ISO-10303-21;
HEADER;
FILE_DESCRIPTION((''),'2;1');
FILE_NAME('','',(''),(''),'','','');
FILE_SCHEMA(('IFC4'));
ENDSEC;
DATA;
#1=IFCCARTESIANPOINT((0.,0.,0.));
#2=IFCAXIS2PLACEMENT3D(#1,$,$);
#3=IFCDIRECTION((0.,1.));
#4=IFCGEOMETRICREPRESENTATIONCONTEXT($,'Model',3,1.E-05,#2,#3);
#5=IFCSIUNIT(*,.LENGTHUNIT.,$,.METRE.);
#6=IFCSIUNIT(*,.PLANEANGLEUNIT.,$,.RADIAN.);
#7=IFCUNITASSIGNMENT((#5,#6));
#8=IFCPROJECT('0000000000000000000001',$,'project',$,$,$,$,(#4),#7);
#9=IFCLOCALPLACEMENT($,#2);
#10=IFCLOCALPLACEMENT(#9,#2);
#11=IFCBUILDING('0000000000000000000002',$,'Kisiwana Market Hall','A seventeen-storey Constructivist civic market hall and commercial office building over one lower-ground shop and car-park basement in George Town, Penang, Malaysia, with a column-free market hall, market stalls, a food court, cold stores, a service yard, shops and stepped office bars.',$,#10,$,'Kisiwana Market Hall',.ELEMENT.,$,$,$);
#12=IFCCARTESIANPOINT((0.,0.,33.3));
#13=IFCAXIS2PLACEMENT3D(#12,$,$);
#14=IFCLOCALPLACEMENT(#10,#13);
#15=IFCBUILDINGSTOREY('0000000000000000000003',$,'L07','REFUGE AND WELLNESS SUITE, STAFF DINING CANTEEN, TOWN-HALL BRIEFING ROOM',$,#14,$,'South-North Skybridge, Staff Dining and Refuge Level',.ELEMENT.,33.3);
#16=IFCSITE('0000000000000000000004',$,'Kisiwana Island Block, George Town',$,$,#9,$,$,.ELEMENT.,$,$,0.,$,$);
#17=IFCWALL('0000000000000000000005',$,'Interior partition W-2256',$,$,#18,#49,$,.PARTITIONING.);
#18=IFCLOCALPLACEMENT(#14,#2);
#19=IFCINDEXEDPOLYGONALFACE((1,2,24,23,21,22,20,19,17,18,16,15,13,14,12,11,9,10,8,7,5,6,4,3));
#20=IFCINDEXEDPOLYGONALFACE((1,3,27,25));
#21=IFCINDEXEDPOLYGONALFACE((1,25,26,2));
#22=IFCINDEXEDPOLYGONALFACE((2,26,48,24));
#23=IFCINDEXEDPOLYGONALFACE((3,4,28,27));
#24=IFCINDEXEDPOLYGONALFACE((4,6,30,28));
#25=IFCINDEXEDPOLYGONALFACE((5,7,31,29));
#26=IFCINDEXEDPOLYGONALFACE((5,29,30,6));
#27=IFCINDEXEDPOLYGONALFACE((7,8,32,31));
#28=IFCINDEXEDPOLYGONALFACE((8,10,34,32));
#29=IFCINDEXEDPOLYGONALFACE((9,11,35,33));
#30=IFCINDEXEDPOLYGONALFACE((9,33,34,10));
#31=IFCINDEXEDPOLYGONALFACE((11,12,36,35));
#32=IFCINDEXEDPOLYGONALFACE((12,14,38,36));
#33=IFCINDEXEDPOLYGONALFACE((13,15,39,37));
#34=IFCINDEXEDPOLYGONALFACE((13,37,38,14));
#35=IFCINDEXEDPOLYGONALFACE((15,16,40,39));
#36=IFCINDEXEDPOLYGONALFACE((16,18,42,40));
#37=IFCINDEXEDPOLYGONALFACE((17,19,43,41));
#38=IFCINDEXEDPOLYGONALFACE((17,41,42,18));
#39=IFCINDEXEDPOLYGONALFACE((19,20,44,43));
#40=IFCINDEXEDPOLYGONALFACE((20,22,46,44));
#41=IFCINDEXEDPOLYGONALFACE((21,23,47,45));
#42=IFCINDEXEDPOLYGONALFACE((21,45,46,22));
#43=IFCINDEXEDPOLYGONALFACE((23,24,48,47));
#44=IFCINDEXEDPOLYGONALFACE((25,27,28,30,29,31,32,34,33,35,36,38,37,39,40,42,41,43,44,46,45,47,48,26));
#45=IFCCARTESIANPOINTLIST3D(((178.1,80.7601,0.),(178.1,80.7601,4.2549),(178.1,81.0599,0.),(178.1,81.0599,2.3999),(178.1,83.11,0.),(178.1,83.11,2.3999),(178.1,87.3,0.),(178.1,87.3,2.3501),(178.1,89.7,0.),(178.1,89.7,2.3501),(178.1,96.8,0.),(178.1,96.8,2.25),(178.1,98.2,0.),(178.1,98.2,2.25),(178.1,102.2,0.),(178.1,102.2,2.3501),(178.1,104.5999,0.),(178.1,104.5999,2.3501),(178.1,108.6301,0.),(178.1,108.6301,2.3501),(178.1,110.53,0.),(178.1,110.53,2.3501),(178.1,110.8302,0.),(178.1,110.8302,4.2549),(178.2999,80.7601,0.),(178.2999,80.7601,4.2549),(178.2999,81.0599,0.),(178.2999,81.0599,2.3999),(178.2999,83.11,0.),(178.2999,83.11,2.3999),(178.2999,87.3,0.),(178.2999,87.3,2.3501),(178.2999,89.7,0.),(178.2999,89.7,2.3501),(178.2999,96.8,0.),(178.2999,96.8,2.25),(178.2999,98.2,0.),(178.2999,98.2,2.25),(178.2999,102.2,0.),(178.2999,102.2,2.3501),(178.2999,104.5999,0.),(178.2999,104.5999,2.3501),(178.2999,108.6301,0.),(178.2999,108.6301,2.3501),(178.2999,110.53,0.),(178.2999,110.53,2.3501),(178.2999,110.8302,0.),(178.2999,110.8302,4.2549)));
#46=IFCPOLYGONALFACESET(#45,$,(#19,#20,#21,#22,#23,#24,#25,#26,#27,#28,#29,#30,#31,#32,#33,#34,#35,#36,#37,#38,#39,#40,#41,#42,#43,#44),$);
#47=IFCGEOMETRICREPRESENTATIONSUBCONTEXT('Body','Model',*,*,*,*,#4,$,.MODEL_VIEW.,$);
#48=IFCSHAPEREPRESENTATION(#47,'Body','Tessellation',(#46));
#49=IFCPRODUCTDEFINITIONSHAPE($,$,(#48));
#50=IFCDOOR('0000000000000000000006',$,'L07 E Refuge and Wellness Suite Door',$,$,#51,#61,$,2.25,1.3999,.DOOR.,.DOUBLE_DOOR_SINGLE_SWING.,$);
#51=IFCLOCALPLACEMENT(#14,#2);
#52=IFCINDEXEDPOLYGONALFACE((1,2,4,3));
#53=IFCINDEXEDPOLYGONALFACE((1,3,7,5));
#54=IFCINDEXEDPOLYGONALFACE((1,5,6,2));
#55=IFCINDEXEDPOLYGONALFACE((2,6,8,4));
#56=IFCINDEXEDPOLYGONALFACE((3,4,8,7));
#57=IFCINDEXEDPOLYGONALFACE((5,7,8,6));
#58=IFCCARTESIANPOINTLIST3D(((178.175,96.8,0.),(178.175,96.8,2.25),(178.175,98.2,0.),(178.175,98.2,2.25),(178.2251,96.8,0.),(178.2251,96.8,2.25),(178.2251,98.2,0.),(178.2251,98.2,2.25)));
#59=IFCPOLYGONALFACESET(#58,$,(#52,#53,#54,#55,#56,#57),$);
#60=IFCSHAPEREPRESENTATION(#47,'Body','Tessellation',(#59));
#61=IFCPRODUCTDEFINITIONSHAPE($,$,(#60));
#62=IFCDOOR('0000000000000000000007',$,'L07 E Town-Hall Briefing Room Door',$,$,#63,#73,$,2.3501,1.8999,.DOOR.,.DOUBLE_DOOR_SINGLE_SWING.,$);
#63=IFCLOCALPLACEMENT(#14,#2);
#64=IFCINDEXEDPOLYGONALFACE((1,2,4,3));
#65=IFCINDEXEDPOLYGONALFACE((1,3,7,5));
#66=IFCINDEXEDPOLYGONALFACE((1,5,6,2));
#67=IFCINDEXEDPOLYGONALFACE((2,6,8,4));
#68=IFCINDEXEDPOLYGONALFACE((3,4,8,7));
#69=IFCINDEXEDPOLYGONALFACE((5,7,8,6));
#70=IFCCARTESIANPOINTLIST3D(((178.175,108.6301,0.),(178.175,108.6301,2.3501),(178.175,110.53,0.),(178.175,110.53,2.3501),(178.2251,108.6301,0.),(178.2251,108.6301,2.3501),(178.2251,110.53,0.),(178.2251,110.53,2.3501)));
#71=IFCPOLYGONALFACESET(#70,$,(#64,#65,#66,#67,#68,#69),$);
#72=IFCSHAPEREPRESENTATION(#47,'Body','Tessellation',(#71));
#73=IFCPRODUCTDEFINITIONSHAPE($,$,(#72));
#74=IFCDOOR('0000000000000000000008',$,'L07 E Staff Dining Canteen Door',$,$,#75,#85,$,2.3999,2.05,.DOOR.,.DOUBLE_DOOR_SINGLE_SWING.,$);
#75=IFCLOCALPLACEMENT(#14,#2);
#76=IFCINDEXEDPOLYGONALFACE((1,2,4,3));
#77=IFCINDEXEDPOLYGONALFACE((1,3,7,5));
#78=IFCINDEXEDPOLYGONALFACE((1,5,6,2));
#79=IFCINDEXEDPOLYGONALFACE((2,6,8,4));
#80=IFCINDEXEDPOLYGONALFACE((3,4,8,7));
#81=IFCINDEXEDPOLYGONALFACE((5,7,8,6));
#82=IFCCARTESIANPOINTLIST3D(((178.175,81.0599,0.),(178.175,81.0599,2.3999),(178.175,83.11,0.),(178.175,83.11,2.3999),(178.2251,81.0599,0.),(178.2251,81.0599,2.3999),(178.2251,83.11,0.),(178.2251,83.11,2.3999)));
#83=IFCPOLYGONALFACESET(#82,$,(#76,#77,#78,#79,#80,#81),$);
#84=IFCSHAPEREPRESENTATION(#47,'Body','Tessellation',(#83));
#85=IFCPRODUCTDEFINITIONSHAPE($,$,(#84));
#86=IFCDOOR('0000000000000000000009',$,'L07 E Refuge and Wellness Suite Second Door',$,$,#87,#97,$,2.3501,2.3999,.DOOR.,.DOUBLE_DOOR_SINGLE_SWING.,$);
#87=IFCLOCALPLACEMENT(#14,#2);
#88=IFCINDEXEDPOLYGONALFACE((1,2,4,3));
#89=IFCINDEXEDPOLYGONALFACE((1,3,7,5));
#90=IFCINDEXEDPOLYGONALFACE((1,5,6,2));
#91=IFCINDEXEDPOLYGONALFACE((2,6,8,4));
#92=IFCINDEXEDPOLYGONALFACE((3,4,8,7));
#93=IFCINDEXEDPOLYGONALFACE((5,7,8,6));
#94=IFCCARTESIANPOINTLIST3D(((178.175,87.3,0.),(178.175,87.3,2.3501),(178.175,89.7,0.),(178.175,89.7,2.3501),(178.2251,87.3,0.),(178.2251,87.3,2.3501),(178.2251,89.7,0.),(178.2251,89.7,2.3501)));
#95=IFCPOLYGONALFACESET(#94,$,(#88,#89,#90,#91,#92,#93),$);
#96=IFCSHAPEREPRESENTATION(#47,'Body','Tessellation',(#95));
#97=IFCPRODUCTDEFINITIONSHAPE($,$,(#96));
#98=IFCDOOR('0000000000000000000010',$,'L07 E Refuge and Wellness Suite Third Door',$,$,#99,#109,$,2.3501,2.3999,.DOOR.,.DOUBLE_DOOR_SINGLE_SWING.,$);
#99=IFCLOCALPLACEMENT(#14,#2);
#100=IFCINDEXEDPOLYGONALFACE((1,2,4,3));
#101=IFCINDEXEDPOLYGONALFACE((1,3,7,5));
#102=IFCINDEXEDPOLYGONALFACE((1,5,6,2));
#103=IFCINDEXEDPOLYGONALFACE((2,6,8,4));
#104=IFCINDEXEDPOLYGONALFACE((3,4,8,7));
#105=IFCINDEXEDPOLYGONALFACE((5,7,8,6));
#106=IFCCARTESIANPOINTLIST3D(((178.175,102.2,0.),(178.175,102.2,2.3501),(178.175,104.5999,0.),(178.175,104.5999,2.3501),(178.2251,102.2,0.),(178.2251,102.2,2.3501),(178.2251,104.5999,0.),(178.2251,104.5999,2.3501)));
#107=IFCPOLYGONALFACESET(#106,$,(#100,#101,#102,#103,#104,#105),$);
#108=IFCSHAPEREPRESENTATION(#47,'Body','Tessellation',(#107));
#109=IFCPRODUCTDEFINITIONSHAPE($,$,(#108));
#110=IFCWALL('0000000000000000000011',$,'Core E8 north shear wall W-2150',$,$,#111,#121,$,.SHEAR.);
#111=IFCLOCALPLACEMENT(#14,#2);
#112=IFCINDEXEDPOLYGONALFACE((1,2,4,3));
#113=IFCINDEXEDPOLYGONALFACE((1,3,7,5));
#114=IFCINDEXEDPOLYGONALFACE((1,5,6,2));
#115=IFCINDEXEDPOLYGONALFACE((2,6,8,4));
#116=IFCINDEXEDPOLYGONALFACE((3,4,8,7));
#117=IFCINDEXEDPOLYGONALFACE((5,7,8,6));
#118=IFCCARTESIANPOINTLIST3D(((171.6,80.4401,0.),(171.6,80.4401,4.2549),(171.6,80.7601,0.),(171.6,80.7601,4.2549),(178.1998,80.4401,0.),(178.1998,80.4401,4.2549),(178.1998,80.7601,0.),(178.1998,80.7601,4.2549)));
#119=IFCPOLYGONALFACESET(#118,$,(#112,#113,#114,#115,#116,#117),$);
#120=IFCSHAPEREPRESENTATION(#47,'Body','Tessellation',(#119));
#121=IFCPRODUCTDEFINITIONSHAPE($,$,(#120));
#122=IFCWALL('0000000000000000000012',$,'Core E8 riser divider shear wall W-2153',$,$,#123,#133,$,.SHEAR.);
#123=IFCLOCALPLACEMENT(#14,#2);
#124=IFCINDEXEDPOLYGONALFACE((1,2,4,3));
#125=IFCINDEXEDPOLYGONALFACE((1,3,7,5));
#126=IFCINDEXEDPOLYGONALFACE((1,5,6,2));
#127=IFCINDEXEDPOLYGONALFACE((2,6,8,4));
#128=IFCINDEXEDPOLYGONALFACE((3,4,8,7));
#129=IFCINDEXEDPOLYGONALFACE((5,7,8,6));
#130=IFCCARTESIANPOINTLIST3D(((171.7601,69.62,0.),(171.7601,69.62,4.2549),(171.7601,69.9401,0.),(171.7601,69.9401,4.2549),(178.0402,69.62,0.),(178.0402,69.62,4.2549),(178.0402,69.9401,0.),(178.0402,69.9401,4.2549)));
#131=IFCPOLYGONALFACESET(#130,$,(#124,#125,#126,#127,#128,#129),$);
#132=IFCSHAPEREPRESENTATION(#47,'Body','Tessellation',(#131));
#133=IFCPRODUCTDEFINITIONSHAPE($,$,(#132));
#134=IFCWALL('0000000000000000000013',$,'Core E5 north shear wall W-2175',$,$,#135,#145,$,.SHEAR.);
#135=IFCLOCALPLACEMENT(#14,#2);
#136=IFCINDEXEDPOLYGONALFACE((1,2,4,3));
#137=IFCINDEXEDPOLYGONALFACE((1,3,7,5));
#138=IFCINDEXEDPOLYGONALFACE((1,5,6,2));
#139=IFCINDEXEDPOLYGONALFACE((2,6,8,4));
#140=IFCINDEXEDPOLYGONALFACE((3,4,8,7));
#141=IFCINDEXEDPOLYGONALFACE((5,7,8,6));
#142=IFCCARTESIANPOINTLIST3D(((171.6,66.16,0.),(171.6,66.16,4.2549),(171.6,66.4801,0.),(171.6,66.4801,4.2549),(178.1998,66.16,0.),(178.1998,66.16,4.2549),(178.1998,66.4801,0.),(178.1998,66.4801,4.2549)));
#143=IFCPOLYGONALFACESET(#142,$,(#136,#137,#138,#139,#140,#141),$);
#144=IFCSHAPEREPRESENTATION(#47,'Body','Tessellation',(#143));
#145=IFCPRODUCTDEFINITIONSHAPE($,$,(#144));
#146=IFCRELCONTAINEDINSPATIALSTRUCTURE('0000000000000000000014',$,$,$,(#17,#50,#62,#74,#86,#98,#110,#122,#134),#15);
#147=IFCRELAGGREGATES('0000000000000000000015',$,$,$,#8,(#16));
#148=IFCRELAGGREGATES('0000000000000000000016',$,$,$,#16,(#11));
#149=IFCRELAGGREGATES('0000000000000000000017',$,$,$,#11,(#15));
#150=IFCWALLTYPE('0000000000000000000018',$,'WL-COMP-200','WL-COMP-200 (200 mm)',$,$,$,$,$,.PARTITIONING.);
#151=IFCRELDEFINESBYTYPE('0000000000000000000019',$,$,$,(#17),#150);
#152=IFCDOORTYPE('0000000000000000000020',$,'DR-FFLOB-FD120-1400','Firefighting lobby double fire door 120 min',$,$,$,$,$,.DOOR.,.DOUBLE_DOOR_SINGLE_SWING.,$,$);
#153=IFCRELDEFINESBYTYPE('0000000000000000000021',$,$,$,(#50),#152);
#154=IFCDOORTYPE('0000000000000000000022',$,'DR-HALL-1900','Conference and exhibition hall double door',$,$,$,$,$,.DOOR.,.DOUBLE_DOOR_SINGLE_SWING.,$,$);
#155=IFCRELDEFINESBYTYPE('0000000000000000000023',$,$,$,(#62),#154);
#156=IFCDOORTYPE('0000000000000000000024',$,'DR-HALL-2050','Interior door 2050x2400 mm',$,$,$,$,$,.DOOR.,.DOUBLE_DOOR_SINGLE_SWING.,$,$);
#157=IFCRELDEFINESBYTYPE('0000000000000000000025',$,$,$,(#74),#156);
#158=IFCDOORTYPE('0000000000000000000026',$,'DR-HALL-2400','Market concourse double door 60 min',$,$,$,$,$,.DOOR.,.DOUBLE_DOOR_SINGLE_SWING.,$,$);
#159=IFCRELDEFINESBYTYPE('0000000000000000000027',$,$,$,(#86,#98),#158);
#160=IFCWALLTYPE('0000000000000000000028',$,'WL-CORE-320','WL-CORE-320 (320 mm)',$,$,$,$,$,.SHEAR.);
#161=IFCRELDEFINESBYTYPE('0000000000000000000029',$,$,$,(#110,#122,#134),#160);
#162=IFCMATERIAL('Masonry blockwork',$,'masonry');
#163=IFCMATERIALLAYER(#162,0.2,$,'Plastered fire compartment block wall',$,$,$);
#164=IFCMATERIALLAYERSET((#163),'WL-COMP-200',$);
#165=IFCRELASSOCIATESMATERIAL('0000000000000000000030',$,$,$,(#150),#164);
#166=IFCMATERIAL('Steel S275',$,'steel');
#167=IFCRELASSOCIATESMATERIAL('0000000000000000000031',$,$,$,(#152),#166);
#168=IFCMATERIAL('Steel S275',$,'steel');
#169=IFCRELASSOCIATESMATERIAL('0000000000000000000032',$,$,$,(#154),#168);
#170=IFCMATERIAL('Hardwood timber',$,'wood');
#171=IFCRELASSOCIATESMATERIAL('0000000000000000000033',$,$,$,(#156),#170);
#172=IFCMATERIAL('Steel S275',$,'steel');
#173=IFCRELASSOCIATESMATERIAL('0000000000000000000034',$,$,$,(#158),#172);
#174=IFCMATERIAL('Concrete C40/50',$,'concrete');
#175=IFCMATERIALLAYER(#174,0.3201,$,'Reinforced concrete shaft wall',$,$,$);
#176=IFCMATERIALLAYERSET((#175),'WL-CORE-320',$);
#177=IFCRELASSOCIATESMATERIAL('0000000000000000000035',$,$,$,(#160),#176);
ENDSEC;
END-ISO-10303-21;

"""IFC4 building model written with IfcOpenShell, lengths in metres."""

from ifc_helpers import new_model, si_unit, direction, frame, frame_2d, origin, place, context, subcontext, project, spatial, rectangle, extrude, material, layer, layer_set, type_object, element, fill, save


model = new_model("IFC4")

# Units and contexts
model_context = context("Model", 3, precision=1e-05, world=origin(), true_north=direction((0.0, 1.0)))
body_context = subcontext(model_context, "Body", "Model", "MODEL_VIEW")
ifc_project = project(units=[si_unit("LENGTHUNIT", "METRE"), si_unit("PLANEANGLEUNIT", "RADIAN")], contexts=[model_context])

# Site, building, storey
site_placement = place(None, origin())
site = spatial("IfcSite", under=ifc_project, at=site_placement, Name="Kisiwana Island Block, George Town", CompositionType="ELEMENT", RefElevation=0.0)
building_placement = place(site_placement, origin())
building = spatial("IfcBuilding", under=site, at=building_placement, Name="Kisiwana Market Hall", Description="A seventeen-storey Constructivist civic market hall and commercial office building over one lower-ground shop and car-park basement in George Town, Penang, Malaysia, with a column-free market hall, market stalls, a food court, cold stores, a service yard, shops and stepped office bars.", LongName="Kisiwana Market Hall", CompositionType="ELEMENT")
storey_placement = place(building_placement, frame((0.0, 0.0, 33.3)))
storey = spatial("IfcBuildingStorey", under=building, at=storey_placement, Name="L07", Description="REFUGE AND WELLNESS SUITE, STAFF DINING CANTEEN, TOWN-HALL BRIEFING ROOM", LongName="South-North Skybridge, Staff Dining and Refuge Level", CompositionType="ELEMENT", Elevation=33.3)

# Wall, openings, doors
ifc_material_1 = material(Name="Masonry blockwork", Category="masonry")
ifc_layer_1 = layer(ifc_material_1, 0.2, Name="Plastered fire compartment block wall")
ifc_layer_set_1 = layer_set([ifc_layer_1], Name="WL-COMP-200")
wall_type_1 = type_object("IfcWallType", Name="WL-COMP-200", Description="WL-COMP-200 (200 mm)", PredefinedType="PARTITIONING", material=ifc_layer_set_1)
wall_1_placement = place(storey_placement, frame((178.2, 80.76, 0.0), z_axis=(0.0, 0.0, 1.0), x_axis=(0.0, 1.0, 0.0)))
wall_1 = element("IfcWall", 1, at=wall_1_placement, inside=storey, type_object=wall_type_1, Name="Interior partition W-2256", PredefinedType="PARTITIONING", context=body_context, shape_type="SweptSolid", body=[
    extrude(rectangle(XDim=30.0701, YDim=0.2, at=frame_2d((15.0352, 0.0))), origin(), (0.0, 0.0, 1.0), 4.2549),
])
opening_1_placement = place(wall_1_placement, frame((16.04, 0.0, 0.0)))
opening_1 = element("IfcOpeningElement", 2, at=opening_1_placement, cuts=wall_1, PredefinedType="OPENING", context=body_context, shape_type="SweptSolid", body=[
    extrude(rectangle(XDim=1.3999, YDim=2.25, at=frame_2d((0.7, 1.125))), frame((0.0, 0.1118, 0.0), z_axis=(0.0, -1.0, 0.0), x_axis=(1.0, 0.0, 0.0)), (0.0, 0.0, 1.0), 0.2239),
])
opening_2_placement = place(wall_1_placement, frame((6.54, 0.0, 0.0)))
opening_2 = element("IfcOpeningElement", 3, at=opening_2_placement, cuts=wall_1, PredefinedType="OPENING", context=body_context, shape_type="SweptSolid", body=[
    extrude(rectangle(XDim=2.3999, YDim=2.3501, at=frame_2d((1.2, 1.175))), frame((0.0, 0.1118, 0.0), z_axis=(0.0, -1.0, 0.0), x_axis=(1.0, 0.0, 0.0)), (0.0, 0.0, 1.0), 0.2239),
])
opening_3_placement = place(wall_1_placement, frame((21.4399, 0.0, 0.0)))
opening_3 = element("IfcOpeningElement", 4, at=opening_3_placement, cuts=wall_1, PredefinedType="OPENING", context=body_context, shape_type="SweptSolid", body=[
    extrude(rectangle(XDim=2.3999, YDim=2.3501, at=frame_2d((1.2, 1.175))), frame((0.0, 0.1118, 0.0), z_axis=(0.0, -1.0, 0.0), x_axis=(1.0, 0.0, 0.0)), (0.0, 0.0, 1.0), 0.2239),
])
opening_4_placement = place(wall_1_placement, frame((0.3, 0.0, 0.0)))
opening_4 = element("IfcOpeningElement", 5, at=opening_4_placement, cuts=wall_1, PredefinedType="OPENING", context=body_context, shape_type="SweptSolid", body=[
    extrude(rectangle(XDim=2.05, YDim=2.3999, at=frame_2d((1.0249, 1.2))), frame((0.0, 0.1118, 0.0), z_axis=(0.0, -1.0, 0.0), x_axis=(1.0, 0.0, 0.0)), (0.0, 0.0, 1.0), 0.2239),
])
opening_5_placement = place(wall_1_placement, frame((27.8701, 0.0, 0.0)))
opening_5 = element("IfcOpeningElement", 6, at=opening_5_placement, cuts=wall_1, PredefinedType="OPENING", context=body_context, shape_type="SweptSolid", body=[
    extrude(rectangle(XDim=1.8999, YDim=2.3501, at=frame_2d((0.95, 1.175))), frame((0.0, 0.1118, 0.0), z_axis=(0.0, -1.0, 0.0), x_axis=(1.0, 0.0, 0.0)), (0.0, 0.0, 1.0), 0.2239),
])
ifc_material_2 = material(Name="Steel S275", Category="steel")
door_type_1 = type_object("IfcDoorType", Name="DR-FFLOB-FD120-1400", Description="Firefighting lobby double fire door 120 min", OperationType="DOUBLE_DOOR_SINGLE_SWING", PredefinedType="DOOR", material=ifc_material_2)
door_1_placement = place(opening_1_placement, origin())
door_1 = element("IfcDoor", 7, at=door_1_placement, inside=storey, type_object=door_type_1, Name="L07 E Refuge and Wellness Suite Door", OperationType="DOUBLE_DOOR_SINGLE_SWING", OverallHeight=2.25, OverallWidth=1.3999, PredefinedType="DOOR", context=body_context, shape_type="SweptSolid", body=[
    extrude(rectangle(XDim=1.3999, YDim=2.25, at=frame_2d((0.7, 1.125))), frame((0.0, 0.0249, 0.0), z_axis=(0.0, -1.0, 0.0), x_axis=(1.0, 0.0, 0.0)), (0.0, 0.0, 1.0), 0.05),
])
fill(opening_1, door_1)
ifc_material_3 = material(Name="Steel S275", Category="steel")
door_type_2 = type_object("IfcDoorType", Name="DR-HALL-1900", Description="Conference and exhibition hall double door", OperationType="DOUBLE_DOOR_SINGLE_SWING", PredefinedType="DOOR", material=ifc_material_3)
door_2_placement = place(opening_5_placement, origin())
door_2 = element("IfcDoor", 8, at=door_2_placement, inside=storey, type_object=door_type_2, Name="L07 E Town-Hall Briefing Room Door", OperationType="DOUBLE_DOOR_SINGLE_SWING", OverallHeight=2.3501, OverallWidth=1.8999, PredefinedType="DOOR", context=body_context, shape_type="SweptSolid", body=[
    extrude(rectangle(XDim=1.8999, YDim=2.3501, at=frame_2d((0.95, 1.175))), frame((0.0, 0.0249, 0.0), z_axis=(0.0, -1.0, 0.0), x_axis=(1.0, 0.0, 0.0)), (0.0, 0.0, 1.0), 0.05),
])
fill(opening_5, door_2)
ifc_material_4 = material(Name="Hardwood timber", Category="wood")
door_type_3 = type_object("IfcDoorType", Name="DR-HALL-2050", Description="Interior door 2050x2400 mm", OperationType="DOUBLE_DOOR_SINGLE_SWING", PredefinedType="DOOR", material=ifc_material_4)
door_3_placement = place(opening_4_placement, origin())
door_3 = element("IfcDoor", 9, at=door_3_placement, inside=storey, type_object=door_type_3, Name="L07 E Staff Dining Canteen Door", OperationType="DOUBLE_DOOR_SINGLE_SWING", OverallHeight=2.3999, OverallWidth=2.05, PredefinedType="DOOR", context=body_context, shape_type="SweptSolid", body=[
    extrude(rectangle(XDim=2.05, YDim=2.3999, at=frame_2d((1.0249, 1.2))), frame((0.0, 0.0249, 0.0), z_axis=(0.0, -1.0, 0.0), x_axis=(1.0, 0.0, 0.0)), (0.0, 0.0, 1.0), 0.05),
])
fill(opening_4, door_3)
ifc_material_5 = material(Name="Steel S275", Category="steel")
door_type_4 = type_object("IfcDoorType", Name="DR-HALL-2400", Description="Market concourse double door 60 min", OperationType="DOUBLE_DOOR_SINGLE_SWING", PredefinedType="DOOR", material=ifc_material_5)
door_4_placement = place(opening_2_placement, origin())
door_4 = element("IfcDoor", 10, at=door_4_placement, inside=storey, type_object=door_type_4, Name="L07 E Refuge and Wellness Suite Second Door", OperationType="DOUBLE_DOOR_SINGLE_SWING", OverallHeight=2.3501, OverallWidth=2.3999, PredefinedType="DOOR", context=body_context, shape_type="SweptSolid", body=[
    extrude(rectangle(XDim=2.3999, YDim=2.3501, at=frame_2d((1.2, 1.175))), frame((0.0, 0.0249, 0.0), z_axis=(0.0, -1.0, 0.0), x_axis=(1.0, 0.0, 0.0)), (0.0, 0.0, 1.0), 0.05),
])
fill(opening_2, door_4)
door_5_placement = place(opening_3_placement, origin())
door_5 = element("IfcDoor", 11, at=door_5_placement, inside=storey, type_object=door_type_4, Name="L07 E Refuge and Wellness Suite Third Door", OperationType="DOUBLE_DOOR_SINGLE_SWING", OverallHeight=2.3501, OverallWidth=2.3999, PredefinedType="DOOR", context=body_context, shape_type="SweptSolid", body=[
    extrude(rectangle(XDim=2.3999, YDim=2.3501, at=frame_2d((1.2, 1.175))), frame((0.0, 0.0249, 0.0), z_axis=(0.0, -1.0, 0.0), x_axis=(1.0, 0.0, 0.0)), (0.0, 0.0, 1.0), 0.05),
])
fill(opening_3, door_5)

# Walls
ifc_material_6 = material(Name="Concrete C40/50", Category="concrete")
ifc_layer_2 = layer(ifc_material_6, 0.3201, Name="Reinforced concrete shaft wall")
ifc_layer_set_2 = layer_set([ifc_layer_2], Name="WL-CORE-320")
wall_type_2 = type_object("IfcWallType", Name="WL-CORE-320", Description="WL-CORE-320 (320 mm)", PredefinedType="SHEAR", material=ifc_layer_set_2)
wall_2_placement = place(storey_placement, frame((171.6001, 80.6001, 0.0), z_axis=(0.0, 0.0, 1.0), x_axis=(1.0, 0.0, 0.0)))
element("IfcWall", 12, at=wall_2_placement, inside=storey, type_object=wall_type_2, Name="Core E8 north shear wall W-2150", PredefinedType="SHEAR", context=body_context, shape_type="SweptSolid", body=[
    extrude(rectangle(XDim=6.5999, YDim=0.3201, at=frame_2d((3.2998, 0.0))), origin(), (0.0, 0.0, 1.0), 4.2549),
])
wall_3_placement = place(storey_placement, frame((171.76, 69.78, 0.0), z_axis=(0.0, 0.0, 1.0), x_axis=(1.0, 0.0, 0.0)))
element("IfcWall", 13, at=wall_3_placement, inside=storey, type_object=wall_type_2, Name="Core E8 riser divider shear wall W-2153", PredefinedType="SHEAR", context=body_context, shape_type="SweptSolid", body=[
    extrude(rectangle(XDim=6.28, YDim=0.3201, at=frame_2d((3.1401, 0.0))), origin(), (0.0, 0.0, 1.0), 4.2549),
])
wall_4_placement = place(storey_placement, frame((171.6001, 66.3201, 0.0), z_axis=(0.0, 0.0, 1.0), x_axis=(1.0, 0.0, 0.0)))
element("IfcWall", 14, at=wall_4_placement, inside=storey, type_object=wall_type_2, Name="Core E5 north shear wall W-2175", PredefinedType="SHEAR", context=body_context, shape_type="SweptSolid", body=[
    extrude(rectangle(XDim=6.5999, YDim=0.3201, at=frame_2d((3.2998, 0.0))), origin(), (0.0, 0.0, 1.0), 4.2549),
])

save(model, "model.ifc")
